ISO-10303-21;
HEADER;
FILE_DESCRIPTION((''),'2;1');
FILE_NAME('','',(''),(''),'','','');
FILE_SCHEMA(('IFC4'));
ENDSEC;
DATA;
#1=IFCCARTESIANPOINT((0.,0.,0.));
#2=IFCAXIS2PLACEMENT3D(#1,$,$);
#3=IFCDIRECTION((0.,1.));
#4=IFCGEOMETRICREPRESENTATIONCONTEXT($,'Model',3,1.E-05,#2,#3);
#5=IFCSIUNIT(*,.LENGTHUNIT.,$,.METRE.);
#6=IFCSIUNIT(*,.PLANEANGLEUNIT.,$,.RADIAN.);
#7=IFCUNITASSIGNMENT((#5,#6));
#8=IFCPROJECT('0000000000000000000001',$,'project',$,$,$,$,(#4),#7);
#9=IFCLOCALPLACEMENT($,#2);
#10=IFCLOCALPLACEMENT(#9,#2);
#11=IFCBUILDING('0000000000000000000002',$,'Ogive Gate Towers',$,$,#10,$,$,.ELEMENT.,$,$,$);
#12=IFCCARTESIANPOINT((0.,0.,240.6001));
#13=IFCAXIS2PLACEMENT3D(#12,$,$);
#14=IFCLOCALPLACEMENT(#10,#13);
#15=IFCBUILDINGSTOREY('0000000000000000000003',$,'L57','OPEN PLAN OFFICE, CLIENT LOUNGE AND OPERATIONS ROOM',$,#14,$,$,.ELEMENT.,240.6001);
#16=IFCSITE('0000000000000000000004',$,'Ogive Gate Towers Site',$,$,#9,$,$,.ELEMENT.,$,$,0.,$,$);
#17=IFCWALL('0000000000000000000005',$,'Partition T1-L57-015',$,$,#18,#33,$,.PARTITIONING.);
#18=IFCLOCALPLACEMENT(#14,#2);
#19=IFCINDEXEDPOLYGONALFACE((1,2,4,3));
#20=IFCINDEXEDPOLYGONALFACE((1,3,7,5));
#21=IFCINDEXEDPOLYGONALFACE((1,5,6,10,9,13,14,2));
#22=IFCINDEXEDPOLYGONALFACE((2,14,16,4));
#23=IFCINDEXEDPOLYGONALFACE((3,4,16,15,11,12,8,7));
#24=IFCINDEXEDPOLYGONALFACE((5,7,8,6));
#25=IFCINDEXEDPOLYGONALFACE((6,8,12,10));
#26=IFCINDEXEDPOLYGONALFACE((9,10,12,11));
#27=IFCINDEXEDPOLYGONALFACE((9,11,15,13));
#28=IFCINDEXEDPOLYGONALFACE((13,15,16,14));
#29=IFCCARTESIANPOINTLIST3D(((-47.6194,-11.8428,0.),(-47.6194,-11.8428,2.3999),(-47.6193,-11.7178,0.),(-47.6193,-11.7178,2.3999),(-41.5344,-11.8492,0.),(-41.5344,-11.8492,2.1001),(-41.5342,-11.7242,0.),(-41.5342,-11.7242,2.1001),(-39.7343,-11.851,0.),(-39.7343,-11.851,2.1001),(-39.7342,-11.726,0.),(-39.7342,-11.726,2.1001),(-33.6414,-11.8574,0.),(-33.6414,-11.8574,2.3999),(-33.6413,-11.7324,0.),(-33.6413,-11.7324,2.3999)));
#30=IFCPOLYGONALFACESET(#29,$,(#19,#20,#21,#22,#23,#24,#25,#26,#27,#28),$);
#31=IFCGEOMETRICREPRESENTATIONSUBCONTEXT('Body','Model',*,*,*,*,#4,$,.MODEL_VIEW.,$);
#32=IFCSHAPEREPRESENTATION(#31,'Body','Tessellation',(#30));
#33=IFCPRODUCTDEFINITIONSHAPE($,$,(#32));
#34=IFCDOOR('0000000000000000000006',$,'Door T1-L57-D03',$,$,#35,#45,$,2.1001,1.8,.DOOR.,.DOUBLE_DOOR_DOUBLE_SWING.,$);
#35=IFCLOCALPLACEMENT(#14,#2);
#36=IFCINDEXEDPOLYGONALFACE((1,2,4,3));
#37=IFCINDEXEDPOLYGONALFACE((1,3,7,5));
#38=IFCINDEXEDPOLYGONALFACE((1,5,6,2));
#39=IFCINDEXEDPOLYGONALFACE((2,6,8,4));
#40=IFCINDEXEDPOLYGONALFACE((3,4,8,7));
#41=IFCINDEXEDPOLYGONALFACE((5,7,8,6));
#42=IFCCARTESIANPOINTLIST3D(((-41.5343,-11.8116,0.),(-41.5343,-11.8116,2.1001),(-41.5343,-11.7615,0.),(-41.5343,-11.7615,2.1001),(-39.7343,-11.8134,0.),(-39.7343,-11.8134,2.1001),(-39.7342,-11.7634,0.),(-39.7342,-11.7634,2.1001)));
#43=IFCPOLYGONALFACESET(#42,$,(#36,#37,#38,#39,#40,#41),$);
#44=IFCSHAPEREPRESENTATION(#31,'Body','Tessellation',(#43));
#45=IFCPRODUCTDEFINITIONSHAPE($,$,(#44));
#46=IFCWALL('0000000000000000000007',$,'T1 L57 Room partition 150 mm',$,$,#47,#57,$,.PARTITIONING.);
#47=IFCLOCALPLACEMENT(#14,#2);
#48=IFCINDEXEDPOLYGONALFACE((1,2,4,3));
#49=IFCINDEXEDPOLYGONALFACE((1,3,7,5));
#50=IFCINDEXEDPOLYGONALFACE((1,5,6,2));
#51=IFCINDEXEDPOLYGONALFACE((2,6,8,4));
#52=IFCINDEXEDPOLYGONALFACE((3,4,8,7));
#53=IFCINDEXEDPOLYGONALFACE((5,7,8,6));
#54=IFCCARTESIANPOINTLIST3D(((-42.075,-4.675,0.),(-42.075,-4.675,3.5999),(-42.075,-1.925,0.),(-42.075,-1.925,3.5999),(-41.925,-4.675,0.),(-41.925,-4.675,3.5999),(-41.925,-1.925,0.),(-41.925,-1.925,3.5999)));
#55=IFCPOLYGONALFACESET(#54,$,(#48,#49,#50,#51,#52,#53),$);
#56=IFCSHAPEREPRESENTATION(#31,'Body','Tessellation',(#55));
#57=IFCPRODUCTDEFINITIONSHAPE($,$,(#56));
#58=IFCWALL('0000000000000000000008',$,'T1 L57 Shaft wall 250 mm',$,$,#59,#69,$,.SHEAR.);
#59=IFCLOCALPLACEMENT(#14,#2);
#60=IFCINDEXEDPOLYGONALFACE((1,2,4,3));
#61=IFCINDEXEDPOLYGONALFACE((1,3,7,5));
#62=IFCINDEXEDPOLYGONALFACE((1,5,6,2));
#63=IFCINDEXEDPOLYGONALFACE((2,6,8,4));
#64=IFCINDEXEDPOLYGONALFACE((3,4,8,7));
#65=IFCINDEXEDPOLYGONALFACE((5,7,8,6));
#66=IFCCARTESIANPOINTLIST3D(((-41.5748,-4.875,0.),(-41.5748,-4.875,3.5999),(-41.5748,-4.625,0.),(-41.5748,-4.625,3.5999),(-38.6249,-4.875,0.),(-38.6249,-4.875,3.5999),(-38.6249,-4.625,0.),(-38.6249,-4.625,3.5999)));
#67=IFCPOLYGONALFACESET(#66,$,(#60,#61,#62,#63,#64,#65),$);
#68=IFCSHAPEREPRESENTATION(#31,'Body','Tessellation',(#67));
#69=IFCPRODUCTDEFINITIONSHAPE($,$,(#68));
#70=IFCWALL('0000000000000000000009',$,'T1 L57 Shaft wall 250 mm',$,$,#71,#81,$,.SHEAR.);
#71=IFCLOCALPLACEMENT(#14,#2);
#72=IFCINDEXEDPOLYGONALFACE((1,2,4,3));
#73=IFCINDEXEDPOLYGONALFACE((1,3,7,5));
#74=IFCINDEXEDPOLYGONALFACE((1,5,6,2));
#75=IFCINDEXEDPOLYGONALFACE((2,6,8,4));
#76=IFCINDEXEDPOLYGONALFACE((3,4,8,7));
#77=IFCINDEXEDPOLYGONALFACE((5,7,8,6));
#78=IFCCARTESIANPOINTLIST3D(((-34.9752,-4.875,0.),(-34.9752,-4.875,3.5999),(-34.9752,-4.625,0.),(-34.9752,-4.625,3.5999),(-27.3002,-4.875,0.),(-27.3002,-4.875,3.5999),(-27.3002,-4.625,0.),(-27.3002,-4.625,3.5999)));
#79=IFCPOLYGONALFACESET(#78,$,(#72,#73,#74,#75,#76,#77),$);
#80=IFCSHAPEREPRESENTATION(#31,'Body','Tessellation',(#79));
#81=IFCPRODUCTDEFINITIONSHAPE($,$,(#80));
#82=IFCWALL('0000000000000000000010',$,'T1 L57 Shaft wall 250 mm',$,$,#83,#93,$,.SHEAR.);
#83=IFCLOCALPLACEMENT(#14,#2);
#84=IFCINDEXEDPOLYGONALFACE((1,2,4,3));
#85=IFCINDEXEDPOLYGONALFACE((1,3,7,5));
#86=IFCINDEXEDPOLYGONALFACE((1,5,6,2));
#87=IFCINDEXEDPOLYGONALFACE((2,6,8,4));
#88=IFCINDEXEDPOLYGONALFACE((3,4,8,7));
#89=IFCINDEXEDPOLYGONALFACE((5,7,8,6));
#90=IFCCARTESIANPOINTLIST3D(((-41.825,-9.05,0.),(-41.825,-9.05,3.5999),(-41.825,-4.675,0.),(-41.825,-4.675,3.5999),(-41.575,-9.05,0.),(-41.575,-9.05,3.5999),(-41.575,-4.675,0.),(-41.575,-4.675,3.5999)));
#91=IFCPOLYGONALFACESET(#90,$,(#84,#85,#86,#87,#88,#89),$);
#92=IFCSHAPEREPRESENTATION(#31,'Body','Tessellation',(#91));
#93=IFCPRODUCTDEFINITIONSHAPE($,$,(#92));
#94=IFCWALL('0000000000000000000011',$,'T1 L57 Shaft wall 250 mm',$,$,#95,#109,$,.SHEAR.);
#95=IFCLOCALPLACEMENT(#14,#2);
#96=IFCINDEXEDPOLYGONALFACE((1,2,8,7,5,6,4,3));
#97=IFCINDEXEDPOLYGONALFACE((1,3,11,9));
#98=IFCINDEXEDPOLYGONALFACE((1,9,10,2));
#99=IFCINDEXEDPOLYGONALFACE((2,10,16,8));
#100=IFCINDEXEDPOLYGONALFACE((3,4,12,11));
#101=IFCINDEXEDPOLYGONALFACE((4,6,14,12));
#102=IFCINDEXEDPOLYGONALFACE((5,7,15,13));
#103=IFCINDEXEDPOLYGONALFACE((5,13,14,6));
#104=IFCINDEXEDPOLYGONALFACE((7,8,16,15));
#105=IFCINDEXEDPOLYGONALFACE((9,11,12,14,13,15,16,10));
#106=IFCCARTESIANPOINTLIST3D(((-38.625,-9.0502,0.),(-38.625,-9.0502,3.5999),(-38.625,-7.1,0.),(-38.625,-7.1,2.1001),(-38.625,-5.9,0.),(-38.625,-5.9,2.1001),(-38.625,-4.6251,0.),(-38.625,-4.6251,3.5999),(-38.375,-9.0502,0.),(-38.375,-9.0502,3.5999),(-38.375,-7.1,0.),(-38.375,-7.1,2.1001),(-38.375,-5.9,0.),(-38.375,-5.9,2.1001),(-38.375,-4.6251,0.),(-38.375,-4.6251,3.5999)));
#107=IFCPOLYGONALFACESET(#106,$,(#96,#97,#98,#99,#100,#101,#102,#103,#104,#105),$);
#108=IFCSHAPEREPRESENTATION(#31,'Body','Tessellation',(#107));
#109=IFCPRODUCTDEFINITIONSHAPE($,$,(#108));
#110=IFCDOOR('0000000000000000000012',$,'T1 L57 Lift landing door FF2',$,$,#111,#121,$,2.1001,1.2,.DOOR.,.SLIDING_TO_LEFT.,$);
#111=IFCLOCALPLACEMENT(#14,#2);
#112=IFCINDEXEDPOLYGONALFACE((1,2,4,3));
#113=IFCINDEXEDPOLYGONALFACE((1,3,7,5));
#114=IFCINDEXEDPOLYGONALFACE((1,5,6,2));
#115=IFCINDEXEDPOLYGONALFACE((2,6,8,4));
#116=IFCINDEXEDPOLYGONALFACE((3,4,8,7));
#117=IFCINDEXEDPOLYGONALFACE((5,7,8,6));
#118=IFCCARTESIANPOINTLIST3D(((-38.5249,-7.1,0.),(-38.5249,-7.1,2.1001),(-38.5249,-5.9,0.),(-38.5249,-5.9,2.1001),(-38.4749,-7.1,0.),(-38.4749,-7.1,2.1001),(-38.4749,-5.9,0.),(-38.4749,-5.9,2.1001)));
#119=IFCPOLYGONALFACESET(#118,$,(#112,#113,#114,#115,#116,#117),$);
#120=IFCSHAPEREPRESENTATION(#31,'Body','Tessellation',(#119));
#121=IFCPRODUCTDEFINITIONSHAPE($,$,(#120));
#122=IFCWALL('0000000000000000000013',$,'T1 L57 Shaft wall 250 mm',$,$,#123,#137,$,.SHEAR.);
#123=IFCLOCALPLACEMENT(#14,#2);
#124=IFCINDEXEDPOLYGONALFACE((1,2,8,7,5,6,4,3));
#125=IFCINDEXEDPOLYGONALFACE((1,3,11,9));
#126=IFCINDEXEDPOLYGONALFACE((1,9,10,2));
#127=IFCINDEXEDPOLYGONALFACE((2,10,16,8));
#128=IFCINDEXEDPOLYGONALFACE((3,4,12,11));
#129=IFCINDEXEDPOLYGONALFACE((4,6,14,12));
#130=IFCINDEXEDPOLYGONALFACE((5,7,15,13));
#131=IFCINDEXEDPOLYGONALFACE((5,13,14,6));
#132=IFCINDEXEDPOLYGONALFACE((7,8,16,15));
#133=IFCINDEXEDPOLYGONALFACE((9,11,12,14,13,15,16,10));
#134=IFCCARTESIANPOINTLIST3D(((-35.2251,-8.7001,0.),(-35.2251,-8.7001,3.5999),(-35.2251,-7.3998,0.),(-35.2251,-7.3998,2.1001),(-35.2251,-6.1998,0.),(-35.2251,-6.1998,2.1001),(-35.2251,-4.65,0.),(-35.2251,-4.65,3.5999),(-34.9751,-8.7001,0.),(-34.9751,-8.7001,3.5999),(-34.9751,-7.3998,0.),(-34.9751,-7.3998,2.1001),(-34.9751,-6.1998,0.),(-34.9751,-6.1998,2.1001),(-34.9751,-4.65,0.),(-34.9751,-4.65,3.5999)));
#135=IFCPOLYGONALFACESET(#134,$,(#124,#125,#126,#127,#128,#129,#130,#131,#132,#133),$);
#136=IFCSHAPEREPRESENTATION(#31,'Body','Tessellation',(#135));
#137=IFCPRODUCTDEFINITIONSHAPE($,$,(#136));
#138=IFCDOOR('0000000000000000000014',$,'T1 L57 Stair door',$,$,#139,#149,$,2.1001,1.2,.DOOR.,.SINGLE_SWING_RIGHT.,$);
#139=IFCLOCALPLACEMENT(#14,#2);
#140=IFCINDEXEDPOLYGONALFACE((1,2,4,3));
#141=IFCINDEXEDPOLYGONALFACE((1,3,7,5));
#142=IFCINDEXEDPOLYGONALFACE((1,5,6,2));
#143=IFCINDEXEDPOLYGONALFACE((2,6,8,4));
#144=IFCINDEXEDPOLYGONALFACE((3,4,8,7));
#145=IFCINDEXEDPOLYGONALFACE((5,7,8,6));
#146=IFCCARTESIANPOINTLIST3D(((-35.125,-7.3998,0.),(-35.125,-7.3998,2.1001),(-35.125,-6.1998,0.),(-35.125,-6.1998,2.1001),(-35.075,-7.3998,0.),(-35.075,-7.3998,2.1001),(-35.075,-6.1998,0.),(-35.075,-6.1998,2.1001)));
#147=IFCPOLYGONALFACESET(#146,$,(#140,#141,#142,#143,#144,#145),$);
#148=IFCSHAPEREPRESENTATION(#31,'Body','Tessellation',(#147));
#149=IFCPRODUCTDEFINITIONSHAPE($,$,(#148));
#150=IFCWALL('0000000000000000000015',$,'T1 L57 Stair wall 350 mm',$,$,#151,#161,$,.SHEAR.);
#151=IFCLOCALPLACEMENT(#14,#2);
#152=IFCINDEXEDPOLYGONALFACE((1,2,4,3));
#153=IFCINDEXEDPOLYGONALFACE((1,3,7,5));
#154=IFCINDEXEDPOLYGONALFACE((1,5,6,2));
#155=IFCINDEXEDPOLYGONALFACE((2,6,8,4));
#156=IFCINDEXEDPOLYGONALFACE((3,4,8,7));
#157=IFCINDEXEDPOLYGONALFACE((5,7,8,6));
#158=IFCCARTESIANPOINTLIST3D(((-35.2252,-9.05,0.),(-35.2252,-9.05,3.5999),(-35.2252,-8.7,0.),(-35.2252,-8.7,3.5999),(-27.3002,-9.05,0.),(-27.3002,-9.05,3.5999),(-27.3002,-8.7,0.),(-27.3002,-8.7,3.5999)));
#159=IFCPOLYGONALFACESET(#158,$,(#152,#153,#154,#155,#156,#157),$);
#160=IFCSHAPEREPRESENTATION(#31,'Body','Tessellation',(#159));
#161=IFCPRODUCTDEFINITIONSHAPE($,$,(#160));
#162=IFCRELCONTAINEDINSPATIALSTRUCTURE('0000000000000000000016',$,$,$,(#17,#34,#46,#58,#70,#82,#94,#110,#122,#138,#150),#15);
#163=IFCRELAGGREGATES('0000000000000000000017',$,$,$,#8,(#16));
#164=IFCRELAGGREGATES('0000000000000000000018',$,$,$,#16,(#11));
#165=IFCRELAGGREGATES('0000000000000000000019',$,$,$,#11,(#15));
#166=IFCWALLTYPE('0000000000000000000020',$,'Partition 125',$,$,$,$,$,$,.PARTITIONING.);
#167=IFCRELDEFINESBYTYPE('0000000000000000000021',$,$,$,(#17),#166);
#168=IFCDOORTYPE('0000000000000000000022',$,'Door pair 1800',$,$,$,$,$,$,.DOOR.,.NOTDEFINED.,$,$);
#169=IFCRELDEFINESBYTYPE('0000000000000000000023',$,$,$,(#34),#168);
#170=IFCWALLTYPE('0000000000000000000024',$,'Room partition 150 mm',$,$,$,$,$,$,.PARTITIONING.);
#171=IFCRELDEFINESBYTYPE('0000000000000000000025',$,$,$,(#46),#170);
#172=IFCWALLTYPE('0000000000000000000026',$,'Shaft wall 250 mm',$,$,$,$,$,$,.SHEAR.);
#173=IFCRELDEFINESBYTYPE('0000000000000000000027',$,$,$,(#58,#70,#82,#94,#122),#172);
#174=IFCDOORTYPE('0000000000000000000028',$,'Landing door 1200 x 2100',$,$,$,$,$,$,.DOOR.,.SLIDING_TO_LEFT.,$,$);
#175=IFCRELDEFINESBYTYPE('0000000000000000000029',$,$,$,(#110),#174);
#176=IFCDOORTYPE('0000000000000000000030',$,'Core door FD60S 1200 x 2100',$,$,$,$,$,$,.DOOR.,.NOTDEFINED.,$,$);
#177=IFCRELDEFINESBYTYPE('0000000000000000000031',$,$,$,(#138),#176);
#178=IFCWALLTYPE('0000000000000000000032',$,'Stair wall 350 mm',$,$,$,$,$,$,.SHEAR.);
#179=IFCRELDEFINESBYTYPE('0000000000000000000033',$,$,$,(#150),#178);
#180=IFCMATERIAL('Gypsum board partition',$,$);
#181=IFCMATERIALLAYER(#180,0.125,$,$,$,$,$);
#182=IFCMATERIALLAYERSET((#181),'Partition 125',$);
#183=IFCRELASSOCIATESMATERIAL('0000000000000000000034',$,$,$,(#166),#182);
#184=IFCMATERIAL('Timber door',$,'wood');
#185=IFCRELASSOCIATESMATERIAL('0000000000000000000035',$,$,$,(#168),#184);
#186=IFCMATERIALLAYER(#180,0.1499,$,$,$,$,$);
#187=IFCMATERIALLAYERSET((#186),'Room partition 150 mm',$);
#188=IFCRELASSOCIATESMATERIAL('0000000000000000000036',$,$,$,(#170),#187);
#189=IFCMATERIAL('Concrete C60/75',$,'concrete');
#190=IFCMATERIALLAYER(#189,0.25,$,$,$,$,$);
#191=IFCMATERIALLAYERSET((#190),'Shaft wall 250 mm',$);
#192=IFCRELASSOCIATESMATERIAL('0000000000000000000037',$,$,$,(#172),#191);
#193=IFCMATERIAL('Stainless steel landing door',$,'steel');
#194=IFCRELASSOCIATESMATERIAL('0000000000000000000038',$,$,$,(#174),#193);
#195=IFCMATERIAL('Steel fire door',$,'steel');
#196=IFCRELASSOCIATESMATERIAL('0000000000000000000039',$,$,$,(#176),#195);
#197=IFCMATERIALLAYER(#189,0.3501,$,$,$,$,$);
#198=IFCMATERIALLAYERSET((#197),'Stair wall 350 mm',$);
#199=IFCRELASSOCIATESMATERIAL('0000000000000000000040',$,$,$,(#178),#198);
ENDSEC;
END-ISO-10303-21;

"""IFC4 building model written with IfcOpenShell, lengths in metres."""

from ifc_helpers import new_model, si_unit, direction, frame, frame_2d, origin, place, context, subcontext, project, spatial, rectangle, extrude, material, layer, layer_set, type_object, element, fill, save


model = new_model("IFC4")

# Units and contexts
model_context = context("Model", 3, precision=1e-05, world=origin(), true_north=direction((0.0, 1.0)))
body_context = subcontext(model_context, "Body", "Model", "MODEL_VIEW")
ifc_project = project(units=[si_unit("LENGTHUNIT", "METRE"), si_unit("PLANEANGLEUNIT", "RADIAN")], contexts=[model_context])

# Site, building, storey
site_placement = place(None, origin())
site = spatial("IfcSite", under=ifc_project, at=site_placement, Name="Ogive Gate Towers Site", CompositionType="ELEMENT", RefElevation=0.0)
building_placement = place(site_placement, origin())
building = spatial("IfcBuilding", under=site, at=building_placement, Name="Ogive Gate Towers", CompositionType="ELEMENT")
storey_placement = place(building_placement, frame((0.0, 0.0, 240.6001)))
storey = spatial("IfcBuildingStorey", under=building, at=storey_placement, Name="L57", Description="OPEN PLAN OFFICE, CLIENT LOUNGE AND OPERATIONS ROOM", CompositionType="ELEMENT", Elevation=240.6001)

# Shared definitions
ifc_material_1 = material(Name="Gypsum board partition")
ifc_layer_1 = layer(ifc_material_1, 0.125)
ifc_layer_set_1 = layer_set([ifc_layer_1], Name="Partition 125")
wall_type_1 = type_object("IfcWallType", Name="Partition 125", PredefinedType="PARTITIONING", material=ifc_layer_set_1)

# Wall, opening, door
wall_1_placement = place(storey_placement, frame((-33.6414, -11.7949, 0.0), z_axis=(0.0, 0.0, 1.0), x_axis=(-0.999999, 0.001048, 0.0)))
wall_1 = element("IfcWall", 1, at=wall_1_placement, inside=storey, type_object=wall_type_1, Name="Partition T1-L57-015", PredefinedType="PARTITIONING", context=body_context, shape_type="SweptSolid", body=[
    extrude(rectangle(XDim=13.978, YDim=0.125, at=frame_2d((6.989, 0.0))), origin(), (0.0, 0.0, 1.0), 2.3999),
])
opening_1_placement = place(wall_1_placement, frame((6.093, 0.0, 0.0)))
opening_1 = element("IfcOpeningElement", 2, at=opening_1_placement, cuts=wall_1, PredefinedType="OPENING", context=body_context, shape_type="SweptSolid", body=[
    extrude(rectangle(XDim=1.8, YDim=2.1001, at=frame_2d((0.8999, 1.05))), frame((0.0, 0.0725, 0.0), z_axis=(0.0, -1.0, 0.0), x_axis=(1.0, 0.0, 0.0)), (0.0, 0.0, 1.0), 0.145),
])
ifc_material_2 = material(Name="Timber door", Category="wood")
door_type_1 = type_object("IfcDoorType", Name="Door pair 1800", OperationType="NOTDEFINED", PredefinedType="DOOR", material=ifc_material_2)
door_1_placement = place(opening_1_placement, origin())
door_1 = element("IfcDoor", 3, at=door_1_placement, inside=storey, type_object=door_type_1, Name="Door T1-L57-D03", OperationType="DOUBLE_DOOR_DOUBLE_SWING", OverallHeight=2.1001, OverallWidth=1.8, PredefinedType="DOOR", context=body_context, shape_type="SweptSolid", body=[
    extrude(rectangle(XDim=1.8, YDim=2.1001, at=frame_2d((0.8999, 1.05))), frame((0.0, 0.0249, 0.0), z_axis=(0.0, -1.0, 0.0), x_axis=(1.0, 0.0, 0.0)), (0.0, 0.0, 1.0), 0.05),
])
fill(opening_1, door_1)

# Walls
ifc_layer_2 = layer(ifc_material_1, 0.1499)
ifc_layer_set_2 = layer_set([ifc_layer_2], Name="Room partition 150 mm")
wall_type_2 = type_object("IfcWallType", Name="Room partition 150 mm", PredefinedType="PARTITIONING", material=ifc_layer_set_2)
wall_2_placement = place(storey_placement, frame((-42.0, -4.675, 0.0), z_axis=(0.0, 0.0, 1.0), x_axis=(0.0, 1.0, 0.0)))
element("IfcWall", 4, at=wall_2_placement, inside=storey, type_object=wall_type_2, Name="T1 L57 Room partition 150 mm", PredefinedType="PARTITIONING", context=body_context, shape_type="SweptSolid", body=[
    extrude(rectangle(XDim=2.75, YDim=0.1499, at=frame_2d((1.375, 0.0))), origin(), (0.0, 0.0, 1.0), 3.5999),
])
ifc_material_3 = material(Name="Concrete C60/75", Category="concrete")
ifc_layer_3 = layer(ifc_material_3, 0.25)
ifc_layer_set_3 = layer_set([ifc_layer_3], Name="Shaft wall 250 mm")
wall_type_3 = type_object("IfcWallType", Name="Shaft wall 250 mm", PredefinedType="SHEAR", material=ifc_layer_set_3)
wall_3_placement = place(storey_placement, frame((-41.575, -4.75, 0.0), z_axis=(0.0, 0.0, 1.0), x_axis=(1.0, 0.0, 0.0)))
element("IfcWall", 5, at=wall_3_placement, inside=storey, type_object=wall_type_3, Name="T1 L57 Shaft wall 250 mm", PredefinedType="SHEAR", context=body_context, shape_type="SweptSolid", body=[
    extrude(rectangle(XDim=2.95, YDim=0.25, at=frame_2d((1.4751, 0.0))), origin(), (0.0, 0.0, 1.0), 3.5999),
])
wall_4_placement = place(storey_placement, frame((-34.9751, -4.75, 0.0), z_axis=(0.0, 0.0, 1.0), x_axis=(1.0, 0.0, 0.0)))
element("IfcWall", 6, at=wall_4_placement, inside=storey, type_object=wall_type_3, Name="T1 L57 Shaft wall 250 mm", PredefinedType="SHEAR", context=body_context, shape_type="SweptSolid", body=[
    extrude(rectangle(XDim=7.675, YDim=0.25, at=frame_2d((3.8374, 0.0))), origin(), (0.0, 0.0, 1.0), 3.5999),
])
wall_5_placement = place(storey_placement, frame((-41.7, -9.05, 0.0), z_axis=(0.0, 0.0, 1.0), x_axis=(0.0, 1.0, 0.0)))
element("IfcWall", 7, at=wall_5_placement, inside=storey, type_object=wall_type_3, Name="T1 L57 Shaft wall 250 mm", PredefinedType="SHEAR", context=body_context, shape_type="SweptSolid", body=[
    extrude(rectangle(XDim=4.375, YDim=0.25, at=frame_2d((2.1875, 0.0))), origin(), (0.0, 0.0, 1.0), 3.5999),
])

# Walls, openings, doors
wall_6_placement = place(storey_placement, frame((-38.5, -9.05, 0.0), z_axis=(0.0, 0.0, 1.0), x_axis=(0.0, 1.0, 0.0)))
wall_6 = element("IfcWall", 8, at=wall_6_placement, inside=storey, type_object=wall_type_3, Name="T1 L57 Shaft wall 250 mm", PredefinedType="SHEAR", context=body_context, shape_type="SweptSolid", body=[
    extrude(rectangle(XDim=4.425, YDim=0.25, at=frame_2d((2.2124, 0.0))), origin(), (0.0, 0.0, 1.0), 3.5999),
])
opening_2_placement = place(wall_6_placement, frame((1.95, 0.0, 0.0)))
opening_2 = element("IfcOpeningElement", 9, at=opening_2_placement, cuts=wall_6, PredefinedType="OPENING", context=body_context, shape_type="SweptSolid", body=[
    extrude(rectangle(XDim=1.2, YDim=2.1001, at=frame_2d((0.6001, 1.05))), frame((0.0, 0.135, 0.0), z_axis=(0.0, -1.0, 0.0), x_axis=(1.0, 0.0, 0.0)), (0.0, 0.0, 1.0), 0.27),
])
ifc_material_4 = material(Name="Stainless steel landing door", Category="steel")
door_type_2 = type_object("IfcDoorType", Name="Landing door 1200 x 2100", OperationType="SLIDING_TO_LEFT", PredefinedType="DOOR", material=ifc_material_4)
door_2_placement = place(opening_2_placement, origin())
door_2 = element("IfcDoor", 10, at=door_2_placement, inside=storey, type_object=door_type_2, Name="T1 L57 Lift landing door FF2", OperationType="SLIDING_TO_LEFT", OverallHeight=2.1001, OverallWidth=1.2, PredefinedType="DOOR", context=body_context, shape_type="SweptSolid", body=[
    extrude(rectangle(XDim=1.2, YDim=2.1001, at=frame_2d((0.6001, 1.05))), frame((0.0, 0.0249, 0.0), z_axis=(0.0, -1.0, 0.0), x_axis=(1.0, 0.0, 0.0)), (0.0, 0.0, 1.0), 0.05),
])
fill(opening_2, door_2)
wall_7_placement = place(storey_placement, frame((-35.1001, -8.7, 0.0), z_axis=(0.0, 0.0, 1.0), x_axis=(0.0, 1.0, 0.0)))
wall_7 = element("IfcWall", 11, at=wall_7_placement, inside=storey, type_object=wall_type_3, Name="T1 L57 Shaft wall 250 mm", PredefinedType="SHEAR", context=body_context, shape_type="SweptSolid", body=[
    extrude(rectangle(XDim=4.05, YDim=0.25, at=frame_2d((2.0249, 0.0))), origin(), (0.0, 0.0, 1.0), 3.5999),
])
opening_3_placement = place(wall_7_placement, frame((1.3, 0.0, 0.0)))
opening_3 = element("IfcOpeningElement", 12, at=opening_3_placement, cuts=wall_7, PredefinedType="OPENING", context=body_context, shape_type="SweptSolid", body=[
    extrude(rectangle(XDim=1.2, YDim=2.1001, at=frame_2d((0.6001, 1.05))), frame((0.0, 0.135, 0.0), z_axis=(0.0, -1.0, 0.0), x_axis=(1.0, 0.0, 0.0)), (0.0, 0.0, 1.0), 0.27),
])
ifc_material_5 = material(Name="Steel fire door", Category="steel")
door_type_3 = type_object("IfcDoorType", Name="Core door FD60S 1200 x 2100", OperationType="NOTDEFINED", PredefinedType="DOOR", material=ifc_material_5)
door_3_placement = place(opening_3_placement, origin())
door_3 = element("IfcDoor", 13, at=door_3_placement, inside=storey, type_object=door_type_3, Name="T1 L57 Stair door", OperationType="SINGLE_SWING_RIGHT", OverallHeight=2.1001, OverallWidth=1.2, PredefinedType="DOOR", context=body_context, shape_type="SweptSolid", body=[
    extrude(rectangle(XDim=1.2, YDim=2.1001, at=frame_2d((0.6001, 1.05))), frame((0.0, 0.0249, 0.0), z_axis=(0.0, -1.0, 0.0), x_axis=(1.0, 0.0, 0.0)), (0.0, 0.0, 1.0), 0.05),
])
fill(opening_3, door_3)

# Wall
ifc_layer_4 = layer(ifc_material_3, 0.3501)
ifc_layer_set_4 = layer_set([ifc_layer_4], Name="Stair wall 350 mm")
wall_type_4 = type_object("IfcWallType", Name="Stair wall 350 mm", PredefinedType="SHEAR", material=ifc_layer_set_4)
wall_8_placement = place(storey_placement, frame((-35.2251, -8.875, 0.0), z_axis=(0.0, 0.0, 1.0), x_axis=(1.0, 0.0, 0.0)))
element("IfcWall", 14, at=wall_8_placement, inside=storey, type_object=wall_type_4, Name="T1 L57 Stair wall 350 mm", PredefinedType="SHEAR", context=body_context, shape_type="SweptSolid", body=[
    extrude(rectangle(XDim=7.925, YDim=0.3501, at=frame_2d((3.9624, 0.0))), origin(), (0.0, 0.0, 1.0), 3.5999),
])

save(model, "model.ifc")
